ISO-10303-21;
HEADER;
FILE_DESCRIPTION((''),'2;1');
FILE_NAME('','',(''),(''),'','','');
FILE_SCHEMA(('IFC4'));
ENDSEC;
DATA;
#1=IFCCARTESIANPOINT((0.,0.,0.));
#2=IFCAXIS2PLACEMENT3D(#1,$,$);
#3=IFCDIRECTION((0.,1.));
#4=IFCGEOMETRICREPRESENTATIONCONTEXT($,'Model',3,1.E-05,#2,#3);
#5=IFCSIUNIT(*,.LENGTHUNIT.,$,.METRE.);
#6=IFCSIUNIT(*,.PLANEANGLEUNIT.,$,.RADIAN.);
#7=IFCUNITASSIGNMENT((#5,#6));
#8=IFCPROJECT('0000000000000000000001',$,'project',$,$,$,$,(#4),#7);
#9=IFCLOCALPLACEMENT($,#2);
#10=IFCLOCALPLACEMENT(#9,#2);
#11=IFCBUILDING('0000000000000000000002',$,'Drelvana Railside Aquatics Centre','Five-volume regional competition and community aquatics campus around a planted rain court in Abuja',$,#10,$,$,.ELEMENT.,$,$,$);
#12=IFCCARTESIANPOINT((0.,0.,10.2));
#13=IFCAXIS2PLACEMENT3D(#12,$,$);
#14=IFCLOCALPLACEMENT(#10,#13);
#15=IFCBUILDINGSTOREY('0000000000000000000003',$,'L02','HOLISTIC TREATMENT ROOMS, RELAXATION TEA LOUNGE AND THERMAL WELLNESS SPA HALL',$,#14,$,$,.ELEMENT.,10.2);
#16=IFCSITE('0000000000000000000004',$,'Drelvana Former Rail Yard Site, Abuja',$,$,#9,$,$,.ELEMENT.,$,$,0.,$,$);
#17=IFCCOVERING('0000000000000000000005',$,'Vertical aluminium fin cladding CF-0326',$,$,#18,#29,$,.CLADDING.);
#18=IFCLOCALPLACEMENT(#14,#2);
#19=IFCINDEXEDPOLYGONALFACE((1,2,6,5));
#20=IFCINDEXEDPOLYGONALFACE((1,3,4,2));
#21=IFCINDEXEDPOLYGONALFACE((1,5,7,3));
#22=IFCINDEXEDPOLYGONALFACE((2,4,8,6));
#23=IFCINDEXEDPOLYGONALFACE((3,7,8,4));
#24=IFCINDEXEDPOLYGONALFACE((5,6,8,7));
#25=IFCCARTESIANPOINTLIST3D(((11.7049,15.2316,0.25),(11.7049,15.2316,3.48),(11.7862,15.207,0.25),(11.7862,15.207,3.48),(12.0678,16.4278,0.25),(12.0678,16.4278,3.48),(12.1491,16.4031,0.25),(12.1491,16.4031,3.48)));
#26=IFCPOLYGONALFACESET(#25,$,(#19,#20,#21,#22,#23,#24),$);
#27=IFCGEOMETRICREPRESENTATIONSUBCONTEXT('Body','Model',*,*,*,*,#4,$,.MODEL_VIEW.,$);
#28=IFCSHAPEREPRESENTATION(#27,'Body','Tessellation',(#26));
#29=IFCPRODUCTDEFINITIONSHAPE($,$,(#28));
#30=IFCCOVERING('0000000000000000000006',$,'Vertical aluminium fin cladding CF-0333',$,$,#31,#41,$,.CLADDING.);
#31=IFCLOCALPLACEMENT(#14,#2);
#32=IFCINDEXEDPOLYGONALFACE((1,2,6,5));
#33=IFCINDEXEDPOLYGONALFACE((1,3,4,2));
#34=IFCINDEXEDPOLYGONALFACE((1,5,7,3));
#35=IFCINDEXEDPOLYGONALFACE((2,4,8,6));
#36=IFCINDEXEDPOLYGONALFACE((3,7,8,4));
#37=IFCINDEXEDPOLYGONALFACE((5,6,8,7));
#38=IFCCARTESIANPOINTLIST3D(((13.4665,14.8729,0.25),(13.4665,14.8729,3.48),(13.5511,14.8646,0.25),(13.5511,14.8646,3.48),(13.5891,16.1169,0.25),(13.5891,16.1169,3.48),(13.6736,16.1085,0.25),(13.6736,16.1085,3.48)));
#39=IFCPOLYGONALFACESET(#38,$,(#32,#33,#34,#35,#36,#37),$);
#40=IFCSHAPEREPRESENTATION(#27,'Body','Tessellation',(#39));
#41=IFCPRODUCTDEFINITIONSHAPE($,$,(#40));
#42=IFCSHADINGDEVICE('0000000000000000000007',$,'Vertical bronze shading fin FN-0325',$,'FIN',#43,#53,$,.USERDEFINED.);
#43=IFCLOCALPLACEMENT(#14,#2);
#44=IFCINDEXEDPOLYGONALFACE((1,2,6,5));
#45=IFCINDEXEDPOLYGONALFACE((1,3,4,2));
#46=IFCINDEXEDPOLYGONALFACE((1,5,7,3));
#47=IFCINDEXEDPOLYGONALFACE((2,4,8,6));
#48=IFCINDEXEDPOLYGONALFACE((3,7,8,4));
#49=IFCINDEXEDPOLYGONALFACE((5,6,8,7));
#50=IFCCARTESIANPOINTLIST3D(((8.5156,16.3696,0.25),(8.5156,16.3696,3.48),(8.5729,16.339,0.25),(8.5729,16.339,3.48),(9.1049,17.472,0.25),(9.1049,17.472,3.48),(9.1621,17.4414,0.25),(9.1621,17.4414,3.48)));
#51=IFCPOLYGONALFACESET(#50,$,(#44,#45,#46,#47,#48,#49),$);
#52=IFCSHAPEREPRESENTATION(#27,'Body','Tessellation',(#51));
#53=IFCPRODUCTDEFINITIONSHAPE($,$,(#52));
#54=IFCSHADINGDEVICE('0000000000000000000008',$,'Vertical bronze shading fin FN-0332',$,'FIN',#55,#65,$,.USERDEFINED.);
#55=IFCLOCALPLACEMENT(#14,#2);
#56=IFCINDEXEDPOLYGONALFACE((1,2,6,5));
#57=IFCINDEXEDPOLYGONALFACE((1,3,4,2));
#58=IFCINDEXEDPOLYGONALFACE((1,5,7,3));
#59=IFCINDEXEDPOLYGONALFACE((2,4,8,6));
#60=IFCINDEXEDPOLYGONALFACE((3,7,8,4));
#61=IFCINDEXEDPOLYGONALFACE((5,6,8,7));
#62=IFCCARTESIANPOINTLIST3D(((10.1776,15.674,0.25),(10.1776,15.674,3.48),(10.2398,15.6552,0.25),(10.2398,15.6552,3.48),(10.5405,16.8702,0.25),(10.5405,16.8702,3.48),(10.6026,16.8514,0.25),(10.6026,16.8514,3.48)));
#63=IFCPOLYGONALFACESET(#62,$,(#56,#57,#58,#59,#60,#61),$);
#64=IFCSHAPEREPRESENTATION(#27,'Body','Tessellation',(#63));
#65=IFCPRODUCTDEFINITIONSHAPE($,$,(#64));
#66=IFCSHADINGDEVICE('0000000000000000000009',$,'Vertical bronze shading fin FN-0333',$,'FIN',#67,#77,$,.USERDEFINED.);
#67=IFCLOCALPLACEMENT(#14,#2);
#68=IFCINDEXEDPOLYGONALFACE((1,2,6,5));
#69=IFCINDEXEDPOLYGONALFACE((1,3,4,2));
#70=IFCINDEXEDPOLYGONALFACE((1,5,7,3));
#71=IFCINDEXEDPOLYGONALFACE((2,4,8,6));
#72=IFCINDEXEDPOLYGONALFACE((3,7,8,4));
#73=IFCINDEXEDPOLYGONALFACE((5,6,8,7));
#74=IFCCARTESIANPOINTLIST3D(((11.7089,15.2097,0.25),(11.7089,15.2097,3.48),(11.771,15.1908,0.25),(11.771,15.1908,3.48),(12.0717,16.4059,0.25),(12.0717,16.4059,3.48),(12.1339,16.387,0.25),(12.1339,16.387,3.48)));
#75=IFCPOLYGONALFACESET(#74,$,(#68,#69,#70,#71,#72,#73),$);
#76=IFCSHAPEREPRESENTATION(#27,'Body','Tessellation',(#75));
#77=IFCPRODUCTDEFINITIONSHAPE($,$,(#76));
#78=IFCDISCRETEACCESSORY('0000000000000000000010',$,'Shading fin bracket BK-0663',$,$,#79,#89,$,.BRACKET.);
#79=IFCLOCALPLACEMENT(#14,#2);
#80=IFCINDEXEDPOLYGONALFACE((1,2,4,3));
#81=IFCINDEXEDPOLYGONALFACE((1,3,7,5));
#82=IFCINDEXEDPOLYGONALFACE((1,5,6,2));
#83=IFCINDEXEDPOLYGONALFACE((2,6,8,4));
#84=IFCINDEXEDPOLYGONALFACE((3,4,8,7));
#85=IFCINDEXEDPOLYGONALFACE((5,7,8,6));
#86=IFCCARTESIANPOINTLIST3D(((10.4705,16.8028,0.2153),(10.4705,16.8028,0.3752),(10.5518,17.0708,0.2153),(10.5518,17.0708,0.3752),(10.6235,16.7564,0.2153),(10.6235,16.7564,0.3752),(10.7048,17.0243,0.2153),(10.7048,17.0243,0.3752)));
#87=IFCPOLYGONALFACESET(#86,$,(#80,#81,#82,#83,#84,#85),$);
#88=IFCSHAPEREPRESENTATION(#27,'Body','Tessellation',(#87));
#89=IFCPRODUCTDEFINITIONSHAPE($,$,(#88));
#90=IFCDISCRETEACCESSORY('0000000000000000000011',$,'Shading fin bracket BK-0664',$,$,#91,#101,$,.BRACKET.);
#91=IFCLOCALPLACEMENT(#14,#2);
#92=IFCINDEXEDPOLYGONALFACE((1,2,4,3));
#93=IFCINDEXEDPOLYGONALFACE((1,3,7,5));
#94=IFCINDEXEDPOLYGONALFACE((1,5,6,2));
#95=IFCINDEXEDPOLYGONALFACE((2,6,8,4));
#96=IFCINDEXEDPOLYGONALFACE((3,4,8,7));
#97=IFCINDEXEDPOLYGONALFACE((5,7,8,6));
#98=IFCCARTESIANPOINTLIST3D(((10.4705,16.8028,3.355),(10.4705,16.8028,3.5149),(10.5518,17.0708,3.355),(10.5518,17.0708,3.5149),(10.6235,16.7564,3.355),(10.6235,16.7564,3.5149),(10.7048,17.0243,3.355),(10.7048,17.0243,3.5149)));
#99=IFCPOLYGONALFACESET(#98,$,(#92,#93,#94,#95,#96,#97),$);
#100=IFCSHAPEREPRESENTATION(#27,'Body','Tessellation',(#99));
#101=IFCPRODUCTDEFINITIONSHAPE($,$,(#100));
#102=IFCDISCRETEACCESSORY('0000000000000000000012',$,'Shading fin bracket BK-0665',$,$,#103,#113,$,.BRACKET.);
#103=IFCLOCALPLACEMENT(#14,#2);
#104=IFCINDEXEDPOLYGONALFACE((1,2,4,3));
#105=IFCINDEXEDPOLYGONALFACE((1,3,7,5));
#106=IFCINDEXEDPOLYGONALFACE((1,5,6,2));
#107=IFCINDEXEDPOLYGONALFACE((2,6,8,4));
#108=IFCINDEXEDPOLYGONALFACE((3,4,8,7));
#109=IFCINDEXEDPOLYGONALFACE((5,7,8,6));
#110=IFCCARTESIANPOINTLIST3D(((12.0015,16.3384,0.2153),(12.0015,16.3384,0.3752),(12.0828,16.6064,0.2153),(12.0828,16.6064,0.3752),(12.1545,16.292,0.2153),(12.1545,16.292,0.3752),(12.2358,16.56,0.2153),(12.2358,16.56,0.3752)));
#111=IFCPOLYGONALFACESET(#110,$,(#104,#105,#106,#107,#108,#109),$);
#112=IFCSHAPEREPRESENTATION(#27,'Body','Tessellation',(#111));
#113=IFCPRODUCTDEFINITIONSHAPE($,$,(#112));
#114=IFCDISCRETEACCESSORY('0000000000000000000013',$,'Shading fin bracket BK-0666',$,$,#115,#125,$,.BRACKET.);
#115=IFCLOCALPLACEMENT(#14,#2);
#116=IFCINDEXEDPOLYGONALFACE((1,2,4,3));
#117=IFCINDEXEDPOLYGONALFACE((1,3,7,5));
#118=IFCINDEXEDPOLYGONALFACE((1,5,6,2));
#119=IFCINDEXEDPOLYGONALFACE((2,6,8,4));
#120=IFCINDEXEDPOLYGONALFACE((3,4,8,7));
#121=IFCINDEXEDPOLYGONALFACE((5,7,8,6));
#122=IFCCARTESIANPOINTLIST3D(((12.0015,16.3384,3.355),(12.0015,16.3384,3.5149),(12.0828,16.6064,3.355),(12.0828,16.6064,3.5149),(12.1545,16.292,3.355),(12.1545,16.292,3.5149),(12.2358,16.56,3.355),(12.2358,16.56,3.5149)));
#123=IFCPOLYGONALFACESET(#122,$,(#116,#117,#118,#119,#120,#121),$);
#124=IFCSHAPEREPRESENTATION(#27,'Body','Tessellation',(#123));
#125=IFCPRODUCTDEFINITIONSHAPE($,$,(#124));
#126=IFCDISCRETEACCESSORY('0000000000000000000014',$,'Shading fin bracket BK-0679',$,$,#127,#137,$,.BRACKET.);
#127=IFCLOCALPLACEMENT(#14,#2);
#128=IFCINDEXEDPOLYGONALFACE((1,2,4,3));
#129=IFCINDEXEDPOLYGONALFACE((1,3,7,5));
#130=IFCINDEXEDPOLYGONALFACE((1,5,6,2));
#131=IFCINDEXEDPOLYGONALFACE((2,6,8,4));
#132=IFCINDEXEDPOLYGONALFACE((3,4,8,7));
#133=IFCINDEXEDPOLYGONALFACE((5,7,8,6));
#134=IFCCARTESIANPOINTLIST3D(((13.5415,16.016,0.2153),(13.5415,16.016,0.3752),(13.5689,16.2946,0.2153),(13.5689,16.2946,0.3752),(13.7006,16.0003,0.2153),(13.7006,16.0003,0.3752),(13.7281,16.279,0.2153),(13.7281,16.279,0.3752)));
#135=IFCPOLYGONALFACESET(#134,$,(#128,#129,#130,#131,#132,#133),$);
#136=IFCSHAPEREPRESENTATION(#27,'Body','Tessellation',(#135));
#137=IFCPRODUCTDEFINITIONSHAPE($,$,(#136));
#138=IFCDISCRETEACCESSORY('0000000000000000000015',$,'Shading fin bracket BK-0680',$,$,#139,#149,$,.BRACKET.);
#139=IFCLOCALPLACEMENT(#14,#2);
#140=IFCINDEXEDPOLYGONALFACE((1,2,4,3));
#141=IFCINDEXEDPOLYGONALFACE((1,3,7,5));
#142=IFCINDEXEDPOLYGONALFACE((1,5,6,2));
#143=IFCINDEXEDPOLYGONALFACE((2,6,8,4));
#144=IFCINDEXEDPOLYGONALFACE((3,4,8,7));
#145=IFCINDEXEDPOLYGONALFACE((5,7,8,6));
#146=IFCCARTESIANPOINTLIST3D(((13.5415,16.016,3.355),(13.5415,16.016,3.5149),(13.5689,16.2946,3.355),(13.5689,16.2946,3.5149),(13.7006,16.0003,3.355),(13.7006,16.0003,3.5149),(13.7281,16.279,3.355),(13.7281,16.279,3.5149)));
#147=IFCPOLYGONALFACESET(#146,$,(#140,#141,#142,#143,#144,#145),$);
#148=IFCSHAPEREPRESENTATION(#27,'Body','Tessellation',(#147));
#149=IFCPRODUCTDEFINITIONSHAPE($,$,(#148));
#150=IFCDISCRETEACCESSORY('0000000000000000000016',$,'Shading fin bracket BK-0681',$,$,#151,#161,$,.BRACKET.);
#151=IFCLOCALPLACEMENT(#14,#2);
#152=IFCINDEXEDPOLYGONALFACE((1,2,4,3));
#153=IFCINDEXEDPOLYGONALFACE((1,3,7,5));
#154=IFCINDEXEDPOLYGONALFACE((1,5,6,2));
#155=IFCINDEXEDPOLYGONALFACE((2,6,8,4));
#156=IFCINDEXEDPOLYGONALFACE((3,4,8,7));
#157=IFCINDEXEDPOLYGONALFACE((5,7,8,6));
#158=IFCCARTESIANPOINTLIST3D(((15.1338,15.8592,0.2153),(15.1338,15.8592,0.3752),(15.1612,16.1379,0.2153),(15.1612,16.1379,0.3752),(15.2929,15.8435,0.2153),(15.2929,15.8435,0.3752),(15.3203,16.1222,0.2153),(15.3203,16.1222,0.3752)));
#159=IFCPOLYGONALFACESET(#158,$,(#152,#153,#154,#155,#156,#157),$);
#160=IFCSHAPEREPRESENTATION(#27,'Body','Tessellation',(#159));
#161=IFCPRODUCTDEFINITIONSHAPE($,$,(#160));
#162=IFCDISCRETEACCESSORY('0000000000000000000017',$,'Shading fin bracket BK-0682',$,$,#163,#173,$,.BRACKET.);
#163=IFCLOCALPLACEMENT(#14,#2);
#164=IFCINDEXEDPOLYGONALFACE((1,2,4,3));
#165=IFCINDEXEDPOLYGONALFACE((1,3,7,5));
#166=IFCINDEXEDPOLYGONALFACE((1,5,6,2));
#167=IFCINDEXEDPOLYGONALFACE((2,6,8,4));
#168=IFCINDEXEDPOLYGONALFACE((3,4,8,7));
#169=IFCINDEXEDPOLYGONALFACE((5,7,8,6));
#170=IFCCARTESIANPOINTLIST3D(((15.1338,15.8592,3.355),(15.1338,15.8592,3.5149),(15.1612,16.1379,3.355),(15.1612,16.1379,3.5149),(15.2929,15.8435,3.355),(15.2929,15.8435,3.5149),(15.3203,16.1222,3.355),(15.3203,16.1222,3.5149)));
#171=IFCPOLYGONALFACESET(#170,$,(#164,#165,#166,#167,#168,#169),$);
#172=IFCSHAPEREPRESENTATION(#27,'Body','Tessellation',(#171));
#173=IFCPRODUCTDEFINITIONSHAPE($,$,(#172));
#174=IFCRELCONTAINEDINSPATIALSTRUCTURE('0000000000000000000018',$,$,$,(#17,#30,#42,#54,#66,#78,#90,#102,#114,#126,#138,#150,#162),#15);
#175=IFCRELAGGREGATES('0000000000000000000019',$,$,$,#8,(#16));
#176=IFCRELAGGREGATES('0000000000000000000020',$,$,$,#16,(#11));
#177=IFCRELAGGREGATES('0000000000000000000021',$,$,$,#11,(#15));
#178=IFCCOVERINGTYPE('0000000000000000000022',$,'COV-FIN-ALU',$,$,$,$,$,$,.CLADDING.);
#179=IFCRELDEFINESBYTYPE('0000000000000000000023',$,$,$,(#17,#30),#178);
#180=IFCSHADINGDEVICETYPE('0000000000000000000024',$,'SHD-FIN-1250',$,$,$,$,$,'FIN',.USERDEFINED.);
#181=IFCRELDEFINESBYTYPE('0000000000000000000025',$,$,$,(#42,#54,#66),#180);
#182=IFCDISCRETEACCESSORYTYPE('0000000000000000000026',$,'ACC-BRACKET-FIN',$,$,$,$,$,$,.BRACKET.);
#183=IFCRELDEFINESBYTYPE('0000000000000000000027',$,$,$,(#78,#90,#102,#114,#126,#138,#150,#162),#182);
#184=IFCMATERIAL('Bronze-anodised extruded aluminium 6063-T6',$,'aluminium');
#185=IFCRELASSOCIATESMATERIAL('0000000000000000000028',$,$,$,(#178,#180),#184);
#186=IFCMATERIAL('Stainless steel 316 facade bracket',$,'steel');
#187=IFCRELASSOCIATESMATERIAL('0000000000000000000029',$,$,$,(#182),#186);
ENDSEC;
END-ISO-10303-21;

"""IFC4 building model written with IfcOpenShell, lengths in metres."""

from ifc_helpers import new_model, si_unit, direction, frame, origin, origin_2d, place, context, subcontext, project, spatial, rectangle, extrude, material, type_object, element, save


model = new_model("IFC4")

# Units and contexts
model_context = context("Model", 3, precision=1e-05, world=origin(), true_north=direction((0.0, 1.0)))
body_context = subcontext(model_context, "Body", "Model", "MODEL_VIEW")
ifc_project = project(units=[si_unit("LENGTHUNIT", "METRE"), si_unit("PLANEANGLEUNIT", "RADIAN")], contexts=[model_context])

# Site, building, storey
site_placement = place(None, origin())
site = spatial("IfcSite", under=ifc_project, at=site_placement, Name="Drelvana Former Rail Yard Site, Abuja", CompositionType="ELEMENT", RefElevation=0.0)
building_placement = place(site_placement, origin())
building = spatial("IfcBuilding", under=site, at=building_placement, Name="Drelvana Railside Aquatics Centre", Description="Five-volume regional competition and community aquatics campus around a planted rain court in Abuja", CompositionType="ELEMENT")
storey_placement = place(building_placement, frame((0.0, 0.0, 10.2)))
storey = spatial("IfcBuildingStorey", under=building, at=storey_placement, Name="L02", Description="HOLISTIC TREATMENT ROOMS, RELAXATION TEA LOUNGE AND THERMAL WELLNESS SPA HALL", CompositionType="ELEMENT", Elevation=10.2)

# Coverings
ifc_material_1 = material(Name="Bronze-anodised extruded aluminium 6063-T6", Category="aluminium")
covering_type = type_object("IfcCoveringType", Name="COV-FIN-ALU", PredefinedType="CLADDING", material=ifc_material_1)
for number, where, z_axis, x_axis, name in (
    (1, (11.927, 15.8174, 0.25), (0.0, 0.0, 1.0), (-0.95694, 0.290285, 0.0), "Vertical aluminium fin cladding CF-0326"),
    (2, (13.5701, 15.4907, 0.25), (0.0, 0.0, 1.0), (-0.995185, 0.098017, 0.0), "Vertical aluminium fin cladding CF-0333"),
):
    element("IfcCovering", number, at=place(storey_placement, frame(where, z_axis=z_axis, x_axis=x_axis)), inside=storey, type_object=covering_type, Name=name, PredefinedType="CLADDING", context=body_context, shape_type="SweptSolid", body=[
        extrude(rectangle(XDim=0.085, YDim=1.25, at=origin_2d()), origin(), (0.0, 0.0, 1.0), 3.23),
    ])

# Shading devices
shading_device_type = type_object("IfcShadingDeviceType", Name="SHD-FIN-1250", ElementType="FIN", PredefinedType="USERDEFINED", material=ifc_material_1)
for number, where, z_axis, x_axis, name in (
    (3, (8.8389, 16.9055, 0.25), (0.0, 0.0, 1.0), (-0.471397, -0.881921, 0.0), "Vertical bronze shading fin FN-0325"),
    (4, (10.3901, 16.2627, 0.25), (0.0, 0.0, 1.0), (-0.290285, -0.95694, 0.0), "Vertical bronze shading fin FN-0332"),
    (5, (11.9214, 15.7983, 0.25), (0.0, 0.0, 1.0), (-0.290285, -0.95694, 0.0), "Vertical bronze shading fin FN-0333"),
):
    element("IfcShadingDevice", number, at=place(storey_placement, frame(where, z_axis=z_axis, x_axis=x_axis)), inside=storey, type_object=shading_device_type, Name=name, ObjectType="FIN", PredefinedType="USERDEFINED", context=body_context, shape_type="SweptSolid", body=[
        extrude(rectangle(XDim=1.25, YDim=0.0649, at=origin_2d()), origin(), (0.0, 0.0, 1.0), 3.23),
    ])

# Discrete accessories
ifc_material_2 = material(Name="Stainless steel 316 facade bracket", Category="steel")
discrete_accessory_type = type_object("IfcDiscreteAccessoryType", Name="ACC-BRACKET-FIN", PredefinedType="BRACKET", material=ifc_material_2)
for number, where, z_axis, x_axis, name in (
    (6, (10.5876, 16.9136, 0.2153), (0.0, 0.0, 1.0), (-0.290285, -0.95694, 0.0), "Shading fin bracket BK-0663"),
    (7, (10.5876, 16.9136, 3.355), (0.0, 0.0, 1.0), (-0.290285, -0.95694, 0.0), "Shading fin bracket BK-0664"),
    (8, (12.1187, 16.4492, 0.2153), (0.0, 0.0, 1.0), (-0.290285, -0.95694, 0.0), "Shading fin bracket BK-0665"),
    (9, (12.1187, 16.4492, 3.355), (0.0, 0.0, 1.0), (-0.290285, -0.95694, 0.0), "Shading fin bracket BK-0666"),
    (10, (13.6348, 16.1475, 0.2153), (0.0, 0.0, 1.0), (-0.098017, -0.995185, 0.0), "Shading fin bracket BK-0679"),
    (11, (13.6348, 16.1475, 3.355), (0.0, 0.0, 1.0), (-0.098017, -0.995185, 0.0), "Shading fin bracket BK-0680"),
    (12, (15.2271, 15.9907, 0.2153), (0.0, 0.0, 1.0), (-0.098017, -0.995185, 0.0), "Shading fin bracket BK-0681"),
    (13, (15.2271, 15.9907, 3.355), (0.0, 0.0, 1.0), (-0.098017, -0.995185, 0.0), "Shading fin bracket BK-0682"),
):
    element("IfcDiscreteAccessory", number, at=place(storey_placement, frame(where, z_axis=z_axis, x_axis=x_axis)), inside=storey, type_object=discrete_accessory_type, Name=name, PredefinedType="BRACKET", context=body_context, shape_type="SweptSolid", body=[
        extrude(rectangle(XDim=0.28, YDim=0.1599, at=origin_2d()), origin(), (0.0, 0.0, 1.0), 0.1599),
    ])

save(model, "model.ifc")
